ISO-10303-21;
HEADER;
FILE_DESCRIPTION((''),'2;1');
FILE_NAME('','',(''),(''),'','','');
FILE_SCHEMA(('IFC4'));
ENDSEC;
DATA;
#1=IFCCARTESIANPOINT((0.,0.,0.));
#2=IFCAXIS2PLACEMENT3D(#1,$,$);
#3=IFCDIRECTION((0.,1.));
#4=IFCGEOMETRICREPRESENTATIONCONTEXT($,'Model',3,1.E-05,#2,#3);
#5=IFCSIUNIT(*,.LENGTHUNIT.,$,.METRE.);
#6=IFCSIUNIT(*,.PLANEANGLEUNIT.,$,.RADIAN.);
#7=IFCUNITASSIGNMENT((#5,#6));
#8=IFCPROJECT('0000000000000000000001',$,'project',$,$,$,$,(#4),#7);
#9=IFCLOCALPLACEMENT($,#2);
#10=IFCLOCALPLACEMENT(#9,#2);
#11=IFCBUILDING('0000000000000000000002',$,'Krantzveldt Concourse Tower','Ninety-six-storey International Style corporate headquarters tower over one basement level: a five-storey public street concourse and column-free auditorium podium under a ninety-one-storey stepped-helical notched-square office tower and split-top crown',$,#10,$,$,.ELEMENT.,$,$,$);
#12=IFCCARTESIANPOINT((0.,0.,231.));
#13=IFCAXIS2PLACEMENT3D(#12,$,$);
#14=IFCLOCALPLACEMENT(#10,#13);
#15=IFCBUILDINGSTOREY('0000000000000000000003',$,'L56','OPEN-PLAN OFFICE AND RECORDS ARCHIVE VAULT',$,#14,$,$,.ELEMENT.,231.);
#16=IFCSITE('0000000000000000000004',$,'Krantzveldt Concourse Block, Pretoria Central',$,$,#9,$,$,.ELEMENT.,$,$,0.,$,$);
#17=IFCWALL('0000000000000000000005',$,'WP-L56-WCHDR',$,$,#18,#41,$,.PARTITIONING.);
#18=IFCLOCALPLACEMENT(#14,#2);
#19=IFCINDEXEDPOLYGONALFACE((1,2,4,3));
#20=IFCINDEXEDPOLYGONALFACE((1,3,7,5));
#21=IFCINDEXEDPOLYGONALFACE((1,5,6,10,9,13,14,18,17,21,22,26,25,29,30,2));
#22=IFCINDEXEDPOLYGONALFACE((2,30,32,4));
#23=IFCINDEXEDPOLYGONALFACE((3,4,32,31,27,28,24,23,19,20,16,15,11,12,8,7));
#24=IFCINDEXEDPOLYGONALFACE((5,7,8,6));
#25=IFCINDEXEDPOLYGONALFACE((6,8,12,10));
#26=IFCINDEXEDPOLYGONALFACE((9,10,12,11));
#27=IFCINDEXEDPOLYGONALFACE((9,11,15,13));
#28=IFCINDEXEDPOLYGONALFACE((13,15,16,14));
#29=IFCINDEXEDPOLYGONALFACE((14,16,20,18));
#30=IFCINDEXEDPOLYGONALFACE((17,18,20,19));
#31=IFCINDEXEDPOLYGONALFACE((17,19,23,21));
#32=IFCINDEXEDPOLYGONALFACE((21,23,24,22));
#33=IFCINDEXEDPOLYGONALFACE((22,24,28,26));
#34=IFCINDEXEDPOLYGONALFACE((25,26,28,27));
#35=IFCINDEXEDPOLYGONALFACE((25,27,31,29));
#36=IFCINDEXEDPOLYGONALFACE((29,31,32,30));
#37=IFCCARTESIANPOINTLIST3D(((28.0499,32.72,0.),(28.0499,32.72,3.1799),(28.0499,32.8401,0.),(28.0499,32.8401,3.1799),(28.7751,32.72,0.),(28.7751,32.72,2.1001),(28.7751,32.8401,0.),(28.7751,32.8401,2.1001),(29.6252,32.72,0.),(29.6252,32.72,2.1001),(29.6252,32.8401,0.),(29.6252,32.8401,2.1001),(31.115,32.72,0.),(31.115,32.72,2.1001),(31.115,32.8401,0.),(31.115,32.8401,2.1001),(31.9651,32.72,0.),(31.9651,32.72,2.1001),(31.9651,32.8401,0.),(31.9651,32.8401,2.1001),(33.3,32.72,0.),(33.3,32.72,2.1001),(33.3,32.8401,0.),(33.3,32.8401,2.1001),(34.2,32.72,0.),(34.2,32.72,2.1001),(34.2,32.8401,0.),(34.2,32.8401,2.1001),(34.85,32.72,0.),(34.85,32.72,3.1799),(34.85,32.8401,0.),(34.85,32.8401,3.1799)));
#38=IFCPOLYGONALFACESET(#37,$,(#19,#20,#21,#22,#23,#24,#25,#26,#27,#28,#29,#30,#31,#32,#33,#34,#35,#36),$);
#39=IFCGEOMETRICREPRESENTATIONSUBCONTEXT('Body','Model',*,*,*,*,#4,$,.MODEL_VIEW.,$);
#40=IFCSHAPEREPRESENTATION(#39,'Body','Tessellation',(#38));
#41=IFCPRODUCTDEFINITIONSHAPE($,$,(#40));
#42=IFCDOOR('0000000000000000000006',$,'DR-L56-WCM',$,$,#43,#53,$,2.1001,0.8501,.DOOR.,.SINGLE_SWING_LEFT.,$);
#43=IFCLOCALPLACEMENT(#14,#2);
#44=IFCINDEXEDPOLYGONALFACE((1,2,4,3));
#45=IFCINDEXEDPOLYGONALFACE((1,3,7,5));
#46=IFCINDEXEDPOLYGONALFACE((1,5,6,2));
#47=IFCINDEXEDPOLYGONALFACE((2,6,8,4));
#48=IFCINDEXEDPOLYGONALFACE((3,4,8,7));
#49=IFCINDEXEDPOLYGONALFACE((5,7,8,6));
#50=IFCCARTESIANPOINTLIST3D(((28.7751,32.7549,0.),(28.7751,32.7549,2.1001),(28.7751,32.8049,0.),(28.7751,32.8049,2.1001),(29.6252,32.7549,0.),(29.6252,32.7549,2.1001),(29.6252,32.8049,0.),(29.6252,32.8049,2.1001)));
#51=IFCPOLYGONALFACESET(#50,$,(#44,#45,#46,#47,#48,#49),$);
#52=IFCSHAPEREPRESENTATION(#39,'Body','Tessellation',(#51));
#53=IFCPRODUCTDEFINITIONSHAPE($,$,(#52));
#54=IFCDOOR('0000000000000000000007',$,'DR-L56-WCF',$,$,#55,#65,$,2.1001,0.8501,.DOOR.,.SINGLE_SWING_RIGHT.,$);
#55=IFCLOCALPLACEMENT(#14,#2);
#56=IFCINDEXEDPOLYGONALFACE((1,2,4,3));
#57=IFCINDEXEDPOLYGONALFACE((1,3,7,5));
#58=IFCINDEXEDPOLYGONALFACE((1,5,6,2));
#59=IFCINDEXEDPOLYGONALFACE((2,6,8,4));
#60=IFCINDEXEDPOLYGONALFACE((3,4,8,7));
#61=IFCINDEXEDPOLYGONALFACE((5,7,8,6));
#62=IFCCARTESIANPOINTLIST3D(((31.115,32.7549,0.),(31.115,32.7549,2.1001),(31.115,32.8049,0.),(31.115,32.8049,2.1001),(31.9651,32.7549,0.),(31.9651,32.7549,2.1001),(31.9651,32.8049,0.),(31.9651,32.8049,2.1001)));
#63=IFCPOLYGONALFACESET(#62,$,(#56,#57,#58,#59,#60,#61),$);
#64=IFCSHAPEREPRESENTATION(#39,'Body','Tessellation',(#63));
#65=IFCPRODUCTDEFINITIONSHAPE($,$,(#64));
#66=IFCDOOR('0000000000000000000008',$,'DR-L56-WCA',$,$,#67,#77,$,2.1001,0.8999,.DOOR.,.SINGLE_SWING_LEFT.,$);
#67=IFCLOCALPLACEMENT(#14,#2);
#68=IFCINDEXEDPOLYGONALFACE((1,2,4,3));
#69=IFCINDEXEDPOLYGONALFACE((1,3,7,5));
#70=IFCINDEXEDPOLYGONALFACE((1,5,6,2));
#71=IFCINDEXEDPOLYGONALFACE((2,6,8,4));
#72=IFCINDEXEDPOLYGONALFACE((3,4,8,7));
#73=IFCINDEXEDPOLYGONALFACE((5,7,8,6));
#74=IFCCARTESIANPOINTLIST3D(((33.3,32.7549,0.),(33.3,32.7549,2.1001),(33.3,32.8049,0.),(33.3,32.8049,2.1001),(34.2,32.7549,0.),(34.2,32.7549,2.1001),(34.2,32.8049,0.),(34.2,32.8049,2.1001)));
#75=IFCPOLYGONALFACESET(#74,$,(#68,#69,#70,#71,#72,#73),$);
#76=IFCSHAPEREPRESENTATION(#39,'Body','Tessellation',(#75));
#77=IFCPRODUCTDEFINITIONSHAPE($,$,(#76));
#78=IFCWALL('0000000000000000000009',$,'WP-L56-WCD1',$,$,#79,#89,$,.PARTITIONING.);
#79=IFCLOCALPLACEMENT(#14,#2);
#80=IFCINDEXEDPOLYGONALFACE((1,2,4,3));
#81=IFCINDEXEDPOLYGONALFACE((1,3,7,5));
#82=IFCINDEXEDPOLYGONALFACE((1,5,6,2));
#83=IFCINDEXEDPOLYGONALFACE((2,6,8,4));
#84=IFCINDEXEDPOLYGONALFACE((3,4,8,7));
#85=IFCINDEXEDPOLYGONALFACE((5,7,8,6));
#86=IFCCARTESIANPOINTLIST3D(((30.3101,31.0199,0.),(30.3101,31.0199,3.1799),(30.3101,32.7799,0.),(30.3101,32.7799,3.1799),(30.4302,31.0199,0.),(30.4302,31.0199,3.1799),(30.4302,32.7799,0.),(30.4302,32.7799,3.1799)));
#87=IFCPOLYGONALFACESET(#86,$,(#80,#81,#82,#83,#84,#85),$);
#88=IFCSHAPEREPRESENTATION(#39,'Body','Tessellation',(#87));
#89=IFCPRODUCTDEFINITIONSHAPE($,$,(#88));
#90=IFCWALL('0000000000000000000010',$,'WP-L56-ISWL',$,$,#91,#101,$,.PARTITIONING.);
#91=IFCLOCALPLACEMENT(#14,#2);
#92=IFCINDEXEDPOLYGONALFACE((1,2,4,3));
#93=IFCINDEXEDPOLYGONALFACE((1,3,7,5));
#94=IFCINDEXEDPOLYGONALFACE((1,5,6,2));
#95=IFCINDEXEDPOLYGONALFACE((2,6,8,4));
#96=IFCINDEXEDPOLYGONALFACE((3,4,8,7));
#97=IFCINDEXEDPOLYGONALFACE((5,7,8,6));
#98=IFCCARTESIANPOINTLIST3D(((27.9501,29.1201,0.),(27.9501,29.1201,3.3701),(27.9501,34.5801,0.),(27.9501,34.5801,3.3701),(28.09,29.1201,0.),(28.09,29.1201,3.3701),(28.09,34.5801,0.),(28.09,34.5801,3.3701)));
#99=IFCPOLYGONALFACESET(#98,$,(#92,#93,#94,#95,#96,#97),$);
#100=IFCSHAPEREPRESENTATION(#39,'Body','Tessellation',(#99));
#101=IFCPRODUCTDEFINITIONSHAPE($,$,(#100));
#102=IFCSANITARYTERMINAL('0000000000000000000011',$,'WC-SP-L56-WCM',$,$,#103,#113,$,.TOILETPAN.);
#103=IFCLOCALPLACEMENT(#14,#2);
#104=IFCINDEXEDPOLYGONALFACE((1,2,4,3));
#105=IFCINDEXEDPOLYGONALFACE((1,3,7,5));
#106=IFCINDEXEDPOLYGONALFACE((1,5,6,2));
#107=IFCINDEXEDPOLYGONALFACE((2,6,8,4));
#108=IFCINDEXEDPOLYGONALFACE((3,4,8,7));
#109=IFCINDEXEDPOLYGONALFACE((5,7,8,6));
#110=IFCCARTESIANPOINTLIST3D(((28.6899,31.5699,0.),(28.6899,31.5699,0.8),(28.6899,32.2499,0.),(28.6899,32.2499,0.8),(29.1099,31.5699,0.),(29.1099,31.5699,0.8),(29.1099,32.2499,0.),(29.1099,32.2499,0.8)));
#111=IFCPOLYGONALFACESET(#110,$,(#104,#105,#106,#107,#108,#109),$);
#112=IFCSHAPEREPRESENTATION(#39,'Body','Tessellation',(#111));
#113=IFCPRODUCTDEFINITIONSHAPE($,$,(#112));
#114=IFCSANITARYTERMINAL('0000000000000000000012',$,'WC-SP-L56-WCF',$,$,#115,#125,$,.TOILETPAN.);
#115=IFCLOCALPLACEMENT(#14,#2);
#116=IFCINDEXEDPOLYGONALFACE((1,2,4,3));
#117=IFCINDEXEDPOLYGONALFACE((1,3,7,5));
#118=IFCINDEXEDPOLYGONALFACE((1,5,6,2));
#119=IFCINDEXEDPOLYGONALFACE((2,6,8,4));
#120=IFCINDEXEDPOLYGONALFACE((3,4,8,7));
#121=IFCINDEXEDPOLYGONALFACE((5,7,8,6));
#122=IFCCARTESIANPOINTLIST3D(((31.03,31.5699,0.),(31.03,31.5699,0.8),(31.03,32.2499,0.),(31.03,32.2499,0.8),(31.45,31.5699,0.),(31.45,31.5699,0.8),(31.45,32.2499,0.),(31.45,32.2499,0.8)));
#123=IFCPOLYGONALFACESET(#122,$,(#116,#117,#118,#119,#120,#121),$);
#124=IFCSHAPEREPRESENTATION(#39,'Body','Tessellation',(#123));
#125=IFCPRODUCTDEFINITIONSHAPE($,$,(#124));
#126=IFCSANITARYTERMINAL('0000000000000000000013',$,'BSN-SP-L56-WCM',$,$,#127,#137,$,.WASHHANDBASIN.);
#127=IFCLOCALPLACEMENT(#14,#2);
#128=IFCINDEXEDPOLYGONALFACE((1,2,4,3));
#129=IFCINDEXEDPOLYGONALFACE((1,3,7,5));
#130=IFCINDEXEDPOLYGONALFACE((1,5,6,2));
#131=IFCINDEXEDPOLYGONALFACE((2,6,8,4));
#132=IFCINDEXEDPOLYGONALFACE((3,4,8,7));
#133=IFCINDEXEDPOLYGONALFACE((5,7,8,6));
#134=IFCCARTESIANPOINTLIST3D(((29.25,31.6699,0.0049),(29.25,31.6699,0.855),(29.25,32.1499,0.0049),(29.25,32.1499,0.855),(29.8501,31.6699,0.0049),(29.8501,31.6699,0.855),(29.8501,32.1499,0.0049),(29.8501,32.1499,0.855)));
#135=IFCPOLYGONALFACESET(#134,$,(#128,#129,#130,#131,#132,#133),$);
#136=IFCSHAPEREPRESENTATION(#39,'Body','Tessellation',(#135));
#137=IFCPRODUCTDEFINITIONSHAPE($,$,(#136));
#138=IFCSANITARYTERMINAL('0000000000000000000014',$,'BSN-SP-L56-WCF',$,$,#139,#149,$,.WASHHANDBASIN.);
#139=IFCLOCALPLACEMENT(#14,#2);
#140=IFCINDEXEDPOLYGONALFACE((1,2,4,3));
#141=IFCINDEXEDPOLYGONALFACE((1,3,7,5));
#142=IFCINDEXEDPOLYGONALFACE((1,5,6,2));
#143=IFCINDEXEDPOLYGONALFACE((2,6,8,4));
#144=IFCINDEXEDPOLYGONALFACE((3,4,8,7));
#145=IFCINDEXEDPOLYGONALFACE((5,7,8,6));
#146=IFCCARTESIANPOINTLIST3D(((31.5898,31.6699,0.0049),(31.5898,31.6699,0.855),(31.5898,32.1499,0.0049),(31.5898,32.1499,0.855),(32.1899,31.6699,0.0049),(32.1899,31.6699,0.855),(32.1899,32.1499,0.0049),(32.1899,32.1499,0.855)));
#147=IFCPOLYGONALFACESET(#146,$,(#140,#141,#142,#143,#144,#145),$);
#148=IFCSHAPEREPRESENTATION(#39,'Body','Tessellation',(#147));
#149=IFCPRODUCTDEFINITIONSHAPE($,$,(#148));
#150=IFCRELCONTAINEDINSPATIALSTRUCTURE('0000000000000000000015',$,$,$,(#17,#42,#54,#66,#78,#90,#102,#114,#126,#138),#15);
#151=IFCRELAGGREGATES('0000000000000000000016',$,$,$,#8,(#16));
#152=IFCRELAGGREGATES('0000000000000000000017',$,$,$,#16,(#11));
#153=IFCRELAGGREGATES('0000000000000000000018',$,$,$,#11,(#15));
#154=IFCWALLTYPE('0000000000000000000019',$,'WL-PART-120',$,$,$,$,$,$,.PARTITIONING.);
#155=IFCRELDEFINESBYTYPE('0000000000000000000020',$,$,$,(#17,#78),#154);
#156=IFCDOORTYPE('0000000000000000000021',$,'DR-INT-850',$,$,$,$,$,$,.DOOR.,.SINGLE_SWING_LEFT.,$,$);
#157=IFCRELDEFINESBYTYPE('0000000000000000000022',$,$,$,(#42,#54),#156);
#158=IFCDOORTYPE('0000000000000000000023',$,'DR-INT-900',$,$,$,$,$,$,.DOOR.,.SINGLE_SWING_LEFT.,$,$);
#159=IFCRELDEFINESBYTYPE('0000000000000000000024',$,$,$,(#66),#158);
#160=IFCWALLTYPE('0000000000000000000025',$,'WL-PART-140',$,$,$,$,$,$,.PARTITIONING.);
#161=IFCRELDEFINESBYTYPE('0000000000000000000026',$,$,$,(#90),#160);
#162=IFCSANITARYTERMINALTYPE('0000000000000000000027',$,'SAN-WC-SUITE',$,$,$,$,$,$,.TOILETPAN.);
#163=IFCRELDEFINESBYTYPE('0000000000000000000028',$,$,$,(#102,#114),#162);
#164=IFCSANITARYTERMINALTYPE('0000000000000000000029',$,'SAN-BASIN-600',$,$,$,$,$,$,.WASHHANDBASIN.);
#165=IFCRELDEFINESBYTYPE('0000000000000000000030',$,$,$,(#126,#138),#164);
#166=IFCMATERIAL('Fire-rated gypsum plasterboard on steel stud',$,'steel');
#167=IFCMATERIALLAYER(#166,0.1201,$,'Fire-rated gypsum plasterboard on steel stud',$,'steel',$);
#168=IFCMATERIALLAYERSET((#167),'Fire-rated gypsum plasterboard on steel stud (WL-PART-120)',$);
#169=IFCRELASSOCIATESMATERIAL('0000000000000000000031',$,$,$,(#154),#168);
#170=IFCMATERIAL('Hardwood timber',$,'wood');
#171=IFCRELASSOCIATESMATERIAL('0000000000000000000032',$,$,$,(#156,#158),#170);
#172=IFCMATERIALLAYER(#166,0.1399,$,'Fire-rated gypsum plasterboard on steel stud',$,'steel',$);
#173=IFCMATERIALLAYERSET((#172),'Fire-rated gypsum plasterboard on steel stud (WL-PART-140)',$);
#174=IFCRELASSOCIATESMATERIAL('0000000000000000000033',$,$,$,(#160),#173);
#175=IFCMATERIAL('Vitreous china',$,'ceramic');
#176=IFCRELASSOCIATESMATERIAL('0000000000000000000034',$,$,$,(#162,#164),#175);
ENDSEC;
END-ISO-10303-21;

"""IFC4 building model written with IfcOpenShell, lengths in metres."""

from ifc_helpers import new_model, si_unit, direction, frame, frame_2d, origin, origin_2d, place, context, subcontext, project, spatial, rectangle, extrude, source, transform, mapped, material, layer, layer_set, type_object, type_shapes, element, fill, save


model = new_model("IFC4")

# Units and contexts
model_context = context("Model", 3, precision=1e-05, world=origin(), true_north=direction((0.0, 1.0)))
body_context = subcontext(model_context, "Body", "Model", "MODEL_VIEW")
ifc_project = project(units=[si_unit("LENGTHUNIT", "METRE"), si_unit("PLANEANGLEUNIT", "RADIAN")], contexts=[model_context])

# Site, building, storey
site_placement = place(None, origin())
site = spatial("IfcSite", under=ifc_project, at=site_placement, Name="Krantzveldt Concourse Block, Pretoria Central", CompositionType="ELEMENT", RefElevation=0.0)
building_placement = place(site_placement, origin())
building = spatial("IfcBuilding", under=site, at=building_placement, Name="Krantzveldt Concourse Tower", Description="Ninety-six-storey International Style corporate headquarters tower over one basement level: a five-storey public street concourse and column-free auditorium podium under a ninety-one-storey stepped-helical notched-square office tower and split-top crown", CompositionType="ELEMENT")
storey_placement = place(building_placement, frame((0.0, 0.0, 231.0)))
storey = spatial("IfcBuildingStorey", under=building, at=storey_placement, Name="L56", Description="OPEN-PLAN OFFICE AND RECORDS ARCHIVE VAULT", CompositionType="ELEMENT", Elevation=231.0)

# Shared definitions
ifc_material_1 = material(Name="Fire-rated gypsum plasterboard on steel stud", Category="steel")
ifc_layer_1 = layer(ifc_material_1, 0.1201, Name="Fire-rated gypsum plasterboard on steel stud", Category="steel")
ifc_layer_set_1 = layer_set([ifc_layer_1], Name="Fire-rated gypsum plasterboard on steel stud (WL-PART-120)")
wall_type_1 = type_object("IfcWallType", Name="WL-PART-120", PredefinedType="PARTITIONING", material=ifc_layer_set_1)

# Wall, openings, doors
wall_1_placement = place(storey_placement, frame((28.05, 32.78, 0.0), z_axis=(0.0, 0.0, 1.0), x_axis=(1.0, 0.0, 0.0)))
wall_1 = element("IfcWall", 1, at=wall_1_placement, inside=storey, type_object=wall_type_1, Name="WP-L56-WCHDR", PredefinedType="PARTITIONING", context=body_context, shape_type="SweptSolid", body=[
    extrude(rectangle(XDim=6.8, YDim=0.1201, at=frame_2d((3.3999, 0.0))), origin(), (0.0, 0.0, 1.0), 3.1799),
])
opening_1_placement = place(wall_1_placement, frame((0.7251, 0.0, 0.0)))
opening_1 = element("IfcOpeningElement", 2, at=opening_1_placement, cuts=wall_1, PredefinedType="OPENING", context=body_context, shape_type="SweptSolid", body=[
    extrude(rectangle(XDim=0.8501, YDim=2.1001, at=frame_2d((0.425, 1.05))), frame((0.0, 0.0701, 0.0), z_axis=(0.0, -1.0, 0.0), x_axis=(1.0, 0.0, 0.0)), (0.0, 0.0, 1.0), 0.1401),
])
opening_2_placement = place(wall_1_placement, frame((3.0649, 0.0, 0.0)))
opening_2 = element("IfcOpeningElement", 3, at=opening_2_placement, cuts=wall_1, PredefinedType="OPENING", context=body_context, shape_type="SweptSolid", body=[
    extrude(rectangle(XDim=0.8501, YDim=2.1001, at=frame_2d((0.425, 1.05))), frame((0.0, 0.0701, 0.0), z_axis=(0.0, -1.0, 0.0), x_axis=(1.0, 0.0, 0.0)), (0.0, 0.0, 1.0), 0.1401),
])
opening_3_placement = place(wall_1_placement, frame((5.25, 0.0, 0.0)))
opening_3 = element("IfcOpeningElement", 4, at=opening_3_placement, cuts=wall_1, PredefinedType="OPENING", context=body_context, shape_type="SweptSolid", body=[
    extrude(rectangle(XDim=0.8999, YDim=2.1001, at=frame_2d((0.45, 1.05))), frame((0.0, 0.0701, 0.0), z_axis=(0.0, -1.0, 0.0), x_axis=(1.0, 0.0, 0.0)), (0.0, 0.0, 1.0), 0.1401),
])
ifc_material_2 = material(Name="Hardwood timber", Category="wood")
door_type_1 = type_object("IfcDoorType", Name="DR-INT-850", OperationType="SINGLE_SWING_LEFT", PredefinedType="DOOR", material=ifc_material_2)
door_1_placement = place(opening_1_placement, origin())
door_1 = element("IfcDoor", 5, at=door_1_placement, inside=storey, type_object=door_type_1, Name="DR-L56-WCM", OperationType="SINGLE_SWING_LEFT", OverallHeight=2.1001, OverallWidth=0.8501, PredefinedType="DOOR", context=body_context, shape_type="SweptSolid", body=[
    extrude(rectangle(XDim=0.8501, YDim=2.1001, at=frame_2d((0.425, 1.05))), frame((0.0, 0.0249, 0.0), z_axis=(0.0, -1.0, 0.0), x_axis=(1.0, 0.0, 0.0)), (0.0, 0.0, 1.0), 0.05),
])
fill(opening_1, door_1)
door_2_placement = place(opening_2_placement, origin())
door_2 = element("IfcDoor", 6, at=door_2_placement, inside=storey, type_object=door_type_1, Name="DR-L56-WCF", OperationType="SINGLE_SWING_RIGHT", OverallHeight=2.1001, OverallWidth=0.8501, PredefinedType="DOOR", context=body_context, shape_type="SweptSolid", body=[
    extrude(rectangle(XDim=0.8501, YDim=2.1001, at=frame_2d((0.425, 1.05))), frame((0.0, 0.0249, 0.0), z_axis=(0.0, -1.0, 0.0), x_axis=(1.0, 0.0, 0.0)), (0.0, 0.0, 1.0), 0.05),
])
fill(opening_2, door_2)
door_type_2 = type_object("IfcDoorType", Name="DR-INT-900", OperationType="SINGLE_SWING_LEFT", PredefinedType="DOOR", material=ifc_material_2)
door_3_placement = place(opening_3_placement, origin())
door_3 = element("IfcDoor", 7, at=door_3_placement, inside=storey, type_object=door_type_2, Name="DR-L56-WCA", OperationType="SINGLE_SWING_LEFT", OverallHeight=2.1001, OverallWidth=0.8999, PredefinedType="DOOR", context=body_context, shape_type="SweptSolid", body=[
    extrude(rectangle(XDim=0.8999, YDim=2.1001, at=frame_2d((0.45, 1.05))), frame((0.0, 0.0249, 0.0), z_axis=(0.0, -1.0, 0.0), x_axis=(1.0, 0.0, 0.0)), (0.0, 0.0, 1.0), 0.05),
])
fill(opening_3, door_3)

# Walls
wall_2_placement = place(storey_placement, frame((30.3701, 31.02, 0.0), z_axis=(0.0, 0.0, 1.0), x_axis=(0.0, 1.0, 0.0)))
element("IfcWall", 8, at=wall_2_placement, inside=storey, type_object=wall_type_1, Name="WP-L56-WCD1", PredefinedType="PARTITIONING", context=body_context, shape_type="SweptSolid", body=[
    extrude(rectangle(XDim=1.76, YDim=0.1201, at=frame_2d((0.8799, 0.0))), origin(), (0.0, 0.0, 1.0), 3.1799),
])
ifc_layer_2 = layer(ifc_material_1, 0.1399, Name="Fire-rated gypsum plasterboard on steel stud", Category="steel")
ifc_layer_set_2 = layer_set([ifc_layer_2], Name="Fire-rated gypsum plasterboard on steel stud (WL-PART-140)")
wall_type_2 = type_object("IfcWallType", Name="WL-PART-140", PredefinedType="PARTITIONING", material=ifc_layer_set_2)
wall_3_placement = place(storey_placement, frame((28.02, 29.1201, 0.0), z_axis=(0.0, 0.0, 1.0), x_axis=(0.0, 1.0, 0.0)))
element("IfcWall", 9, at=wall_3_placement, inside=storey, type_object=wall_type_2, Name="WP-L56-ISWL", PredefinedType="PARTITIONING", context=body_context, shape_type="SweptSolid", body=[
    extrude(rectangle(XDim=5.46, YDim=0.1399, at=frame_2d((2.73, 0.0))), origin(), (0.0, 0.0, 1.0), 3.3701),
])

# Sanitary terminals
ifc_material_3 = material(Name="Vitreous china", Category="ceramic")
sanitary_terminal_type_1 = type_object("IfcSanitaryTerminalType", Name="SAN-WC-SUITE", PredefinedType="TOILETPAN", material=ifc_material_3)
shared_shape_1 = source(origin(), body_context, "Body", "SweptSolid", [
    extrude(rectangle(XDim=0.4199, YDim=0.6799, at=origin_2d()), origin(), (0.0, 0.0, 1.0), 0.8),
])
type_shapes(sanitary_terminal_type_1, [shared_shape_1])
for number, where, z_axis, x_axis, name in (
    (10, (28.8999, 31.9099, 0.0), (0.0, 0.0, 1.0), (1.0, 0.0, 0.0), "WC-SP-L56-WCM"),
    (11, (31.24, 31.9099, 0.0), (0.0, 0.0, 1.0), (1.0, 0.0, 0.0), "WC-SP-L56-WCF"),
):
    element("IfcSanitaryTerminal", number, at=place(storey_placement, frame(where, z_axis=z_axis, x_axis=x_axis)), inside=storey, type_object=sanitary_terminal_type_1, Name=name, PredefinedType="TOILETPAN", context=body_context, shape_type="MappedRepresentation", body=[
        mapped(shared_shape_1, transform((0.0, 0.0, 0.0), x_axis=(1.0, 0.0, 0.0), y_axis=(0.0, 1.0, 0.0), z_axis=(0.0, 0.0, 1.0), scale=1.0)),
    ])
sanitary_terminal_type_2 = type_object("IfcSanitaryTerminalType", Name="SAN-BASIN-600", PredefinedType="WASHHANDBASIN", material=ifc_material_3)
shared_shape_2 = source(origin(), body_context, "Body", "SweptSolid", [
    extrude(rectangle(XDim=0.6001, YDim=0.48, at=origin_2d()), origin(), (0.0, 0.0, 1.0), 0.8501),
])
type_shapes(sanitary_terminal_type_2, [shared_shape_2])
for number, where, z_axis, x_axis, name in (
    (12, (29.55, 31.9099, 0.0049), (0.0, 0.0, 1.0), (1.0, 0.0, 0.0), "BSN-SP-L56-WCM"),
    (13, (31.8899, 31.9099, 0.0049), (0.0, 0.0, 1.0), (1.0, 0.0, 0.0), "BSN-SP-L56-WCF"),
):
    element("IfcSanitaryTerminal", number, at=place(storey_placement, frame(where, z_axis=z_axis, x_axis=x_axis)), inside=storey, type_object=sanitary_terminal_type_2, Name=name, PredefinedType="WASHHANDBASIN", context=body_context, shape_type="MappedRepresentation", body=[
        mapped(shared_shape_2, transform((0.0, 0.0, 0.0), x_axis=(1.0, 0.0, 0.0), y_axis=(0.0, 1.0, 0.0), z_axis=(0.0, 0.0, 1.0), scale=1.0)),
    ])

save(model, "model.ifc")
